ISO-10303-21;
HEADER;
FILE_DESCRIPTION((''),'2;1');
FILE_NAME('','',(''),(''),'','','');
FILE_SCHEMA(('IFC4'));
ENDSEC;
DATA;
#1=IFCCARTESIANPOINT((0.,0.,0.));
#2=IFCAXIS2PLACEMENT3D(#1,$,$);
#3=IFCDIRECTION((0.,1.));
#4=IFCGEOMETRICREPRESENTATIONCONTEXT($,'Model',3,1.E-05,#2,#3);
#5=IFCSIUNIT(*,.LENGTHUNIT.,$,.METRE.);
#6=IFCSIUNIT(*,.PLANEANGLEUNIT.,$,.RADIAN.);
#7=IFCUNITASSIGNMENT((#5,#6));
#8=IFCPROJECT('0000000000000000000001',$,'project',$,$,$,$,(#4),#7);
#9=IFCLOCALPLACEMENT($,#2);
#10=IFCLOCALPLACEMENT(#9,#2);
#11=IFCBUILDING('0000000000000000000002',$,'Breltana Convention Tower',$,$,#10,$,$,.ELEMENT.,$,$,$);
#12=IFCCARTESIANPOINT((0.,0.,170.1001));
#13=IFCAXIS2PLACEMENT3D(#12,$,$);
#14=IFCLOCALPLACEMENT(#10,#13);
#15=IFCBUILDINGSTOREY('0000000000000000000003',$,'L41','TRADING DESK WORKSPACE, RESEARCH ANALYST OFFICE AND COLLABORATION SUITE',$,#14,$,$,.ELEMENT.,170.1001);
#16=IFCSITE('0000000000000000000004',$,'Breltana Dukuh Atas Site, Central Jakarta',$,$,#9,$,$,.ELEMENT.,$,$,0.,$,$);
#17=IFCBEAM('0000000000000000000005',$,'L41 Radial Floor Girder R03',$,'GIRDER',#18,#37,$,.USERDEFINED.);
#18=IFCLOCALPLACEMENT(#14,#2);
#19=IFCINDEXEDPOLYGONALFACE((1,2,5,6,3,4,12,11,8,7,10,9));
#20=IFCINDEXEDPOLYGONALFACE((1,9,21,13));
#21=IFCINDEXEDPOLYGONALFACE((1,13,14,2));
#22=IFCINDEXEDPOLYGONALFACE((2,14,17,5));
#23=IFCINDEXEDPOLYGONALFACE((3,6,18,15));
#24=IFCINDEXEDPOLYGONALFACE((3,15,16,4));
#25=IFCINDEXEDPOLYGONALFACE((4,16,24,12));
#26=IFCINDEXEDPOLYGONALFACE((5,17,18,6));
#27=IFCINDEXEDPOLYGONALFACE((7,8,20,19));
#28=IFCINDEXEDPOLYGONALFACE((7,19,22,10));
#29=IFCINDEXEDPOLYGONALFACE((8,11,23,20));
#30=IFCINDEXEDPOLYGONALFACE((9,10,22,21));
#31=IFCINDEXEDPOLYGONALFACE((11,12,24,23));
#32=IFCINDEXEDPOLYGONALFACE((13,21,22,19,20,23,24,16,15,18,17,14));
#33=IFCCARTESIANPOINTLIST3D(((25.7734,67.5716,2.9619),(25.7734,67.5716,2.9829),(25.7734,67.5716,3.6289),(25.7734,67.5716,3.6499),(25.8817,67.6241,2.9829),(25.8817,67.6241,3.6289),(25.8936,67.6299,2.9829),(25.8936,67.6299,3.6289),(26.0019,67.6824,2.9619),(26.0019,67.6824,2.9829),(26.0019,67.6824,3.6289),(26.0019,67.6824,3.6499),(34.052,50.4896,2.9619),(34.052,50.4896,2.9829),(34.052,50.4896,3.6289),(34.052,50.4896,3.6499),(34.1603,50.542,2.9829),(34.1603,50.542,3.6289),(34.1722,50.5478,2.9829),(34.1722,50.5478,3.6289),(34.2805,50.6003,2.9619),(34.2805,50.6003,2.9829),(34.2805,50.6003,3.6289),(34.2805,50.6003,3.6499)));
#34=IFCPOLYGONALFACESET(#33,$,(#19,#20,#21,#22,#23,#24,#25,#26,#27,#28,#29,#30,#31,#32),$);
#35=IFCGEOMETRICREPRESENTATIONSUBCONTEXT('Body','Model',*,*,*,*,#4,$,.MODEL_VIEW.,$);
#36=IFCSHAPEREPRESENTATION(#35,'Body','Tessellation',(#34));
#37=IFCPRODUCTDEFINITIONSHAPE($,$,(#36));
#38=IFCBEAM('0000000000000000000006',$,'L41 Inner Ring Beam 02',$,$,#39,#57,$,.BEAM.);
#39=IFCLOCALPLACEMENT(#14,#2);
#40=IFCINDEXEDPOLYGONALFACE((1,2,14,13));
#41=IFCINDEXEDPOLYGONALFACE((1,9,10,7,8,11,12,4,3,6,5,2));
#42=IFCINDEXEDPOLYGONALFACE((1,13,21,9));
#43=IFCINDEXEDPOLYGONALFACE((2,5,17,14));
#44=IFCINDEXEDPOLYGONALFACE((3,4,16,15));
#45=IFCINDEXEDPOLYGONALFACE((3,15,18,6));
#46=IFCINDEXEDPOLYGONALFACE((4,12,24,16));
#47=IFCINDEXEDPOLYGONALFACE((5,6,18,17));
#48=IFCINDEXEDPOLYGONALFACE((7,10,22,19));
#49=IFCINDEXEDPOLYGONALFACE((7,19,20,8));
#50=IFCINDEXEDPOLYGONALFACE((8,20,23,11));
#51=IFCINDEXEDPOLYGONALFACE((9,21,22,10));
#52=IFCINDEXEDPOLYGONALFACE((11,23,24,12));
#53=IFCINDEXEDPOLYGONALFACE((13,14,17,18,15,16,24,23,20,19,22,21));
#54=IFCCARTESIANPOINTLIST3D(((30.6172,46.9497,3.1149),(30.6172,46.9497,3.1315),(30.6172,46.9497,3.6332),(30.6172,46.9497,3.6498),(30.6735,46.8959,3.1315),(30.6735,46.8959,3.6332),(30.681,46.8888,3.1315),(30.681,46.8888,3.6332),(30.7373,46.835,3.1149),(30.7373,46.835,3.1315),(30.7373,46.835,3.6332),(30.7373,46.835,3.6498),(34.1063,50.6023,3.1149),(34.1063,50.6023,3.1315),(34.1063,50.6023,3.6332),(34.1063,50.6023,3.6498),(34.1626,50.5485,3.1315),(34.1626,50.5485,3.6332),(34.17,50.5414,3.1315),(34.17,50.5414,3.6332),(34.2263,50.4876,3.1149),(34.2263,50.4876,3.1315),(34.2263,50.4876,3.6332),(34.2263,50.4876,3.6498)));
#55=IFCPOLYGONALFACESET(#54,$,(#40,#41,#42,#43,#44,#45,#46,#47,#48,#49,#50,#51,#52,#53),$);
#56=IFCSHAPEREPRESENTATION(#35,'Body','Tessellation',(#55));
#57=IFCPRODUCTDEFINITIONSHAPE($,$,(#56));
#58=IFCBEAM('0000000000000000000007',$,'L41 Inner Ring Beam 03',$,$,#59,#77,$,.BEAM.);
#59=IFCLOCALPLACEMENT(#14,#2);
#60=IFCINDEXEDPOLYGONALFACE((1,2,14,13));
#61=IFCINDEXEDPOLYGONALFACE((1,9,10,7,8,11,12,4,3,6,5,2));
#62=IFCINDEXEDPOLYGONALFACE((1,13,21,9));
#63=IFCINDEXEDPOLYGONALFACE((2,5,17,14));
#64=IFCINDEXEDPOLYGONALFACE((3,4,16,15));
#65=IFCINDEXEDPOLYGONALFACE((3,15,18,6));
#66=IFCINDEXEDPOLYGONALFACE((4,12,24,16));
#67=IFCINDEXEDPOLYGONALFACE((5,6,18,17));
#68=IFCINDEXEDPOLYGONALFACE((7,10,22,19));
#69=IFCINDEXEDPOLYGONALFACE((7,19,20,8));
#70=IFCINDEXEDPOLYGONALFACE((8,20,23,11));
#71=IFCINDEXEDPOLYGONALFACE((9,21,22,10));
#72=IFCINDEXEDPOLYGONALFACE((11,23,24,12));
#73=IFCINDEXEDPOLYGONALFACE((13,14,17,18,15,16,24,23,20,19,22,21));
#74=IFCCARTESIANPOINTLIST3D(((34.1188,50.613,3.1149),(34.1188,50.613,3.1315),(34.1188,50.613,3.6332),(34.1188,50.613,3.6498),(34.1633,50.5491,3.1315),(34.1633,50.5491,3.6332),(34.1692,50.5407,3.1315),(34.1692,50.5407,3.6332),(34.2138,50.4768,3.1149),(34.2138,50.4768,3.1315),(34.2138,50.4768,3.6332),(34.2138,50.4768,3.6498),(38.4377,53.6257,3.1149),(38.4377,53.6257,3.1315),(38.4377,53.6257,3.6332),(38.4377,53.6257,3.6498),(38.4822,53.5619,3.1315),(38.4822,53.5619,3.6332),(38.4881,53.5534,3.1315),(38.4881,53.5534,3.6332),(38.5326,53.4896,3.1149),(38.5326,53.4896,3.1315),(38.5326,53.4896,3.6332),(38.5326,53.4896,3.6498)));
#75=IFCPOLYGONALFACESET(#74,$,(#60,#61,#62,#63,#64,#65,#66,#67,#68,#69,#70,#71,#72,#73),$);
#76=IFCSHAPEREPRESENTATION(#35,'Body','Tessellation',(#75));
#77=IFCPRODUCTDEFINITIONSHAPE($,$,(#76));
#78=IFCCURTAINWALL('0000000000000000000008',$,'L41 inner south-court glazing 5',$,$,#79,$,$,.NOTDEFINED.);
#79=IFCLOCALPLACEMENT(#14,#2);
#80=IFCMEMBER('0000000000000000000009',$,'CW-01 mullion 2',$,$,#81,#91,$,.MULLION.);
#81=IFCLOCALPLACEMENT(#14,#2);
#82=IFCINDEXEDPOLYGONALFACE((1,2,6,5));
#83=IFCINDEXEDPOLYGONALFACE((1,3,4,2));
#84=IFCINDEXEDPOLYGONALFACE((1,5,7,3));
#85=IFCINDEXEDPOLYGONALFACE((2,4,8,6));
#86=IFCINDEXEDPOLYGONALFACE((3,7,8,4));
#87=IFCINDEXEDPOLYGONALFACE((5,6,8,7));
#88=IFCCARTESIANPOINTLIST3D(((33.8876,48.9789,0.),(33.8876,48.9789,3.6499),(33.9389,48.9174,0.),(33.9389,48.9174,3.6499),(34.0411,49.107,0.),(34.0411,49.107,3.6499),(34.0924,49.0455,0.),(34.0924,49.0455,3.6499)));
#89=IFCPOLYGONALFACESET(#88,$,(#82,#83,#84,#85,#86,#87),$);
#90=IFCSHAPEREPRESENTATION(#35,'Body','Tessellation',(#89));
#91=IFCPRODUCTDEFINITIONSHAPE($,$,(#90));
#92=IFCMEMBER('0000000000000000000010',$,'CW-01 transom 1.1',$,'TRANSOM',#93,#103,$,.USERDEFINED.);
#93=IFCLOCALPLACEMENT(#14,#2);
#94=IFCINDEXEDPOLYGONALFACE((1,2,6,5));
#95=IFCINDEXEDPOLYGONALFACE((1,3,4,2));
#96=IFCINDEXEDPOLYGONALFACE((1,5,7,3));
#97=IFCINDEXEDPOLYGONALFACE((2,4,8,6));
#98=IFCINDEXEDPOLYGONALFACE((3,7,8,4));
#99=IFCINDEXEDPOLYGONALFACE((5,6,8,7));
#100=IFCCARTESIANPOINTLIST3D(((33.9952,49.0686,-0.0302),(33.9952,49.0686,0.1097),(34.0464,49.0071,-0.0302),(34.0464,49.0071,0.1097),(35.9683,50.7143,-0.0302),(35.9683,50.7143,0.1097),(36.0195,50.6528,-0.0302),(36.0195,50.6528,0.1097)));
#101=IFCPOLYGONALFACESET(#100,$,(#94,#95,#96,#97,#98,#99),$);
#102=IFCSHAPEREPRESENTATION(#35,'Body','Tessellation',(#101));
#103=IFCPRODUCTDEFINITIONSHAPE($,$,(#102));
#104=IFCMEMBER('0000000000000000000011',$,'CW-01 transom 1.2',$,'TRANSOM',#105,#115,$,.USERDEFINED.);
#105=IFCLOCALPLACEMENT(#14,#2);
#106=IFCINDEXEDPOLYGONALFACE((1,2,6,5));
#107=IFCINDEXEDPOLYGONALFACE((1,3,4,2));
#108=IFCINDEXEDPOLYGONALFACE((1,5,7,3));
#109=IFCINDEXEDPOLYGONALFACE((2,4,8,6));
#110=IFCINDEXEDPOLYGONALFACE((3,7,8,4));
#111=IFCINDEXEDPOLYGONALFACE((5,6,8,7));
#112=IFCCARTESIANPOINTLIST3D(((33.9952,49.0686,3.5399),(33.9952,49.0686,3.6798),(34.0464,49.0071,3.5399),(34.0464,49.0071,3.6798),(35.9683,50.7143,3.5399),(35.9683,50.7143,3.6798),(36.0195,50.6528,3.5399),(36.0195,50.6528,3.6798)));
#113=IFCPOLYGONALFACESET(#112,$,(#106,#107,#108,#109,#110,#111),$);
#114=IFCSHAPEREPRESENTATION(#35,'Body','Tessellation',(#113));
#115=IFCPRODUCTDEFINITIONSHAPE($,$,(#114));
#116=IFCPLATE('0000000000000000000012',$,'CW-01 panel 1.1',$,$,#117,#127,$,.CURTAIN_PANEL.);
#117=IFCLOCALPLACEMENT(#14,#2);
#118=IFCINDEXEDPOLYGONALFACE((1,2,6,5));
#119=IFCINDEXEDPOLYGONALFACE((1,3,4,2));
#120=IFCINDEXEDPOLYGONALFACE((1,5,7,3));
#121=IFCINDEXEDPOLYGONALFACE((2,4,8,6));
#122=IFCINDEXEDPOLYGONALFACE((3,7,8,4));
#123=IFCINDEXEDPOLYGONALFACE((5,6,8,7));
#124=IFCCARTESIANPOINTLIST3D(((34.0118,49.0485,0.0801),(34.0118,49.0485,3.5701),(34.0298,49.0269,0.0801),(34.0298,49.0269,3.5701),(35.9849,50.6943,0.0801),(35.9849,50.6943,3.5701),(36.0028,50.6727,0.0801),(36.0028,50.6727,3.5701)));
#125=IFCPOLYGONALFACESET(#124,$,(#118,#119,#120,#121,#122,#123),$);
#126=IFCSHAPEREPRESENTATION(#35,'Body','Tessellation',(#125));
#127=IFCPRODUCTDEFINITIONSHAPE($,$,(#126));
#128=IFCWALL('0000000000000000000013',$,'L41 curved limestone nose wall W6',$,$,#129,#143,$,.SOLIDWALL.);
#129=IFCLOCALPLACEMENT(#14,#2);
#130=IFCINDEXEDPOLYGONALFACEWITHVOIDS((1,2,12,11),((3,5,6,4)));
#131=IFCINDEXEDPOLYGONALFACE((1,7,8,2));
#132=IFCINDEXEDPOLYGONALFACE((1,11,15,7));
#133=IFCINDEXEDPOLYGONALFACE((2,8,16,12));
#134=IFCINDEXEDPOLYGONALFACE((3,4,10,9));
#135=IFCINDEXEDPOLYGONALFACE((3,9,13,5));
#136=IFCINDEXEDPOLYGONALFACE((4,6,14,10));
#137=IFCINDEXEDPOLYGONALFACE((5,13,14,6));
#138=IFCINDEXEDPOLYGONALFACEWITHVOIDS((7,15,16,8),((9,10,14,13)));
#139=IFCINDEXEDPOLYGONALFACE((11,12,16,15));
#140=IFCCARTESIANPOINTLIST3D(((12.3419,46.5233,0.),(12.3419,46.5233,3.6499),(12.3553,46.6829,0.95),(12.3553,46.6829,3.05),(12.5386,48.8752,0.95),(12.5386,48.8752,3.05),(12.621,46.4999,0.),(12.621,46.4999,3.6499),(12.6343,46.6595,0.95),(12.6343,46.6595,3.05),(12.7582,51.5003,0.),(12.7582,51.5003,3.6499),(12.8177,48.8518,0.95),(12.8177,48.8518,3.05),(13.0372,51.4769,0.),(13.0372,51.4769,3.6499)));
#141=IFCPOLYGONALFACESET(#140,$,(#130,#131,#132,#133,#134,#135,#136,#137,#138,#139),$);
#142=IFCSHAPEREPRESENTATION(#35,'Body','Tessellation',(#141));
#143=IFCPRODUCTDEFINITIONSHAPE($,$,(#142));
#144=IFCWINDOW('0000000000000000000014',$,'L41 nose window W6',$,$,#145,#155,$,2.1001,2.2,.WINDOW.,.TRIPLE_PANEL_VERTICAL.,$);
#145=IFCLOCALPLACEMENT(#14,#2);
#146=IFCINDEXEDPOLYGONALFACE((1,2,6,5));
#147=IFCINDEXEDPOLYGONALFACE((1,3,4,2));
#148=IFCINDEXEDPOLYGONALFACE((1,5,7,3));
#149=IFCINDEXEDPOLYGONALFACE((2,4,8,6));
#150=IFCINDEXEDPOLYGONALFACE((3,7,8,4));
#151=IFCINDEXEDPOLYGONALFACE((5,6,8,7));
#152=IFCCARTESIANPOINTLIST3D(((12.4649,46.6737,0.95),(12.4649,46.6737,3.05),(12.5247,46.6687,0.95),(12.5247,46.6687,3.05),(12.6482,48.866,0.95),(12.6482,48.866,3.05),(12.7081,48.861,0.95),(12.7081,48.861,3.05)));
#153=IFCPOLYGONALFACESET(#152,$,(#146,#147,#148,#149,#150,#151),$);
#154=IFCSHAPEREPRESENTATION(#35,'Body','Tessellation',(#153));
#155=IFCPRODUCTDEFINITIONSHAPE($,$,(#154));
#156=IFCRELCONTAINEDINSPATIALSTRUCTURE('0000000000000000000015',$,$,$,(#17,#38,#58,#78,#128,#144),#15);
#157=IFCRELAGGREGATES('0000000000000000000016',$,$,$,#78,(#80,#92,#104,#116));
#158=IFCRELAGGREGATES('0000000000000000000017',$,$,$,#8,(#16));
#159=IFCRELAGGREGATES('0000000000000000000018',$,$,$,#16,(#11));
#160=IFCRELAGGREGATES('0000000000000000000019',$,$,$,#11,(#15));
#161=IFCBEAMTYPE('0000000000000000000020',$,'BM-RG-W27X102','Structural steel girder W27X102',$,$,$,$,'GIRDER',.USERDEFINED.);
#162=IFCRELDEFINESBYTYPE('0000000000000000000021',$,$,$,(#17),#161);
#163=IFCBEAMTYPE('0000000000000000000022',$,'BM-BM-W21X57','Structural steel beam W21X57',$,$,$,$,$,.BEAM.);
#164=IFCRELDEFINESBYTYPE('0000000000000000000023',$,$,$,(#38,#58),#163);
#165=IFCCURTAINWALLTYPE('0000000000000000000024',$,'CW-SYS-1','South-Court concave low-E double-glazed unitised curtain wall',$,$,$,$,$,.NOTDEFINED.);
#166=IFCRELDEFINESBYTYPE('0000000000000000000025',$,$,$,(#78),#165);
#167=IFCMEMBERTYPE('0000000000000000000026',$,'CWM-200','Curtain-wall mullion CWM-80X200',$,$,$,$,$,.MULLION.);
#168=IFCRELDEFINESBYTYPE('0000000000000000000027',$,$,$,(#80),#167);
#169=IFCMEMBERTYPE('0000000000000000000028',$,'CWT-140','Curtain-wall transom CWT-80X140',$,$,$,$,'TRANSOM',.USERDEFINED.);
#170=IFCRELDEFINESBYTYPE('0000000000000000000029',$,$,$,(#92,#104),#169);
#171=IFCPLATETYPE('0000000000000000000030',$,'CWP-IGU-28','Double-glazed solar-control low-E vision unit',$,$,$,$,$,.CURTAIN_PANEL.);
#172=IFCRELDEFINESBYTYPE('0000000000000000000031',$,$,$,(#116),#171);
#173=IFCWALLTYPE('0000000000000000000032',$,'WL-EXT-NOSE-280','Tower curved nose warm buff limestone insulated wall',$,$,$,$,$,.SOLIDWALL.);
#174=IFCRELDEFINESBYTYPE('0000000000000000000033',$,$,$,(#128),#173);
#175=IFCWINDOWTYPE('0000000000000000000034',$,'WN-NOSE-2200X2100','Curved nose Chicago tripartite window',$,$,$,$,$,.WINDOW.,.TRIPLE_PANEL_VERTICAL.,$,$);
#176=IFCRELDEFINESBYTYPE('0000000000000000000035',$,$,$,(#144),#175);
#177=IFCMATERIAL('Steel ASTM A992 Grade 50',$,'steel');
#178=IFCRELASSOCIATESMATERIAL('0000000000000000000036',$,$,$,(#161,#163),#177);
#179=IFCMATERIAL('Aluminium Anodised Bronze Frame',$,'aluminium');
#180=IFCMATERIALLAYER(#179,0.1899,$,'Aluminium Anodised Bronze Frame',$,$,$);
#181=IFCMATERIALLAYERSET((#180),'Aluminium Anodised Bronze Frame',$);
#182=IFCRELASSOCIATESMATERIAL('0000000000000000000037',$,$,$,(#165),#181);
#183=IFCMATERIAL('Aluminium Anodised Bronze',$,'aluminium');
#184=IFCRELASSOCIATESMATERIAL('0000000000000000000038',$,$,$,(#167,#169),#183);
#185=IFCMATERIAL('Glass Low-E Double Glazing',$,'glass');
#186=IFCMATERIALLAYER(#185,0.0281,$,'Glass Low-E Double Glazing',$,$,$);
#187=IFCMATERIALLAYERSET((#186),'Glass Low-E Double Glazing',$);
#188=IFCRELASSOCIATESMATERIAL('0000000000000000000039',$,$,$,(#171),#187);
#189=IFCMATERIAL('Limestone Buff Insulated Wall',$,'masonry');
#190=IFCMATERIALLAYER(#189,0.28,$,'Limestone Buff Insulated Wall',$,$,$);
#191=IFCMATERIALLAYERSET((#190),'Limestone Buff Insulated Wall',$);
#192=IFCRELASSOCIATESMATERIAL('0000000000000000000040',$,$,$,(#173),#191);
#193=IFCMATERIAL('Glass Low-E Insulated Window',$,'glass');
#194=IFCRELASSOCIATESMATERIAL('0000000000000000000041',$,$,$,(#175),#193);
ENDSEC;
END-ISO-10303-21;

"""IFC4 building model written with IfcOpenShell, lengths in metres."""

from ifc_helpers import new_model, si_unit, direction, frame, frame_2d, origin, origin_2d, place, context, subcontext, project, spatial, rectangle, i_section, extrude, source, transform, mapped, material, layer, layer_set, material_profile, profile_set, type_object, type_shapes, element, fill, aggregate, save


model = new_model("IFC4")

# Units and contexts
model_context = context("Model", 3, precision=1e-05, world=origin(), true_north=direction((0.0, 1.0)))
body_context = subcontext(model_context, "Body", "Model", "MODEL_VIEW")
ifc_project = project(units=[si_unit("LENGTHUNIT", "METRE"), si_unit("PLANEANGLEUNIT", "RADIAN")], contexts=[model_context])

# Site, building, storey
site_placement = place(None, origin())
site = spatial("IfcSite", under=ifc_project, at=site_placement, Name="Breltana Dukuh Atas Site, Central Jakarta", CompositionType="ELEMENT", RefElevation=0.0)
building_placement = place(site_placement, origin())
building = spatial("IfcBuilding", under=site, at=building_placement, Name="Breltana Convention Tower", CompositionType="ELEMENT")
storey_placement = place(building_placement, frame((0.0, 0.0, 170.1001)))
storey = spatial("IfcBuildingStorey", under=building, at=storey_placement, Name="L41", Description="TRADING DESK WORKSPACE, RESEARCH ANALYST OFFICE AND COLLABORATION SUITE", CompositionType="ELEMENT", Elevation=170.1001)

# Beams
ifc_material_1 = material(Name="Steel ASTM A992 Grade 50", Category="steel")
ifc_material_profile_1 = material_profile(ifc_material_1, i_section(OverallWidth=0.2539, OverallDepth=0.688, WebThickness=0.0132, FlangeThickness=0.021, at=origin_2d()), Name="W27X102")
ifc_profile_set_1 = profile_set([ifc_material_profile_1], Name="Steel ASTM A992 Grade 50")
beam_type_1 = type_object("IfcBeamType", Name="BM-RG-W27X102", Description="Structural steel girder W27X102", ElementType="GIRDER", PredefinedType="USERDEFINED", material=ifc_profile_set_1)
shared_shape_1 = source(origin(), body_context, "Body", "SweptSolid", [
    extrude(i_section(OverallWidth=0.2539, OverallDepth=0.688, WebThickness=0.0132, FlangeThickness=0.021, at=origin_2d()), origin(), (0.0, 0.0, 1.0), 18.9824),
])
beam_1_placement = place(storey_placement, frame((34.1663, 50.5449, 3.3059), z_axis=(-0.436119, 0.899889, 0.0), x_axis=(-0.899889, -0.436119, 0.0)))
element("IfcBeam", 1, at=beam_1_placement, inside=storey, type_object=beam_type_1, Name="L41 Radial Floor Girder R03", ObjectType="GIRDER", PredefinedType="USERDEFINED", context=body_context, shape_type="MappedRepresentation", body=[
    mapped(shared_shape_1, transform((0.0, 0.0, 0.0), scale=1.0)),
])
ifc_material_profile_2 = material_profile(ifc_material_1, i_section(OverallWidth=0.166, OverallDepth=0.5349, WebThickness=0.0103, FlangeThickness=0.0166, at=origin_2d()), Name="W21X57")
ifc_profile_set_2 = profile_set([ifc_material_profile_2], Name="Steel ASTM A992 Grade 50")
beam_type_2 = type_object("IfcBeamType", Name="BM-BM-W21X57", Description="Structural steel beam W21X57", PredefinedType="BEAM", material=ifc_profile_set_2)
shared_shape_2 = source(origin(), body_context, "Body", "SweptSolid", [
    extrude(i_section(OverallWidth=0.166, OverallDepth=0.5349, WebThickness=0.0103, FlangeThickness=0.0166, at=origin_2d()), origin(), (0.0, 0.0, 1.0), 5.0513),
])
beam_2_placement = place(storey_placement, frame((30.6772, 46.8923, 3.3823), z_axis=(0.69073, 0.723113, 0.0), x_axis=(-0.723113, 0.69073, 0.0)))
element("IfcBeam", 2, at=beam_2_placement, inside=storey, type_object=beam_type_2, Name="L41 Inner Ring Beam 02", PredefinedType="BEAM", context=body_context, shape_type="MappedRepresentation", body=[
    mapped(shared_shape_2, transform((0.0, 0.0, 0.0), scale=1.0)),
])
shared_shape_3 = source(origin(), body_context, "Body", "SweptSolid", [
    extrude(i_section(OverallWidth=0.166, OverallDepth=0.5349, WebThickness=0.0103, FlangeThickness=0.0166, at=origin_2d()), origin(), (0.0, 0.0, 1.0), 5.2659),
])
beam_3_placement = place(storey_placement, frame((34.1663, 50.5449, 3.3823), z_axis=(0.820167, 0.572124, 0.0), x_axis=(-0.572124, 0.820167, 0.0)))
element("IfcBeam", 3, at=beam_3_placement, inside=storey, type_object=beam_type_2, Name="L41 Inner Ring Beam 03", PredefinedType="BEAM", context=body_context, shape_type="MappedRepresentation", body=[
    mapped(shared_shape_3, transform((0.0, 0.0, 0.0), scale=1.0)),
])

# Curtain wall, members, plate
ifc_material_2 = material(Name="Aluminium Anodised Bronze Frame", Category="aluminium")
ifc_layer_1 = layer(ifc_material_2, 0.1899, Name="Aluminium Anodised Bronze Frame")
ifc_layer_set_1 = layer_set([ifc_layer_1], Name="Aluminium Anodised Bronze Frame")
curtain_wall_type = type_object("IfcCurtainWallType", Name="CW-SYS-1", Description="South-Court concave low-E double-glazed unitised curtain wall", PredefinedType="NOTDEFINED", material=ifc_layer_set_1)
curtain_wall_placement = place(storey_placement, origin())
curtain_wall = element("IfcCurtainWall", 4, at=curtain_wall_placement, inside=storey, type_object=curtain_wall_type, Name="L41 inner south-court glazing 5", PredefinedType="NOTDEFINED")
ifc_material_3 = material(Name="Aluminium Anodised Bronze", Category="aluminium")
ifc_material_profile_3 = material_profile(ifc_material_3, rectangle(XDim=0.0801, YDim=0.2, at=origin_2d()), Name="CWM-80X200")
ifc_profile_set_3 = profile_set([ifc_material_profile_3], Name="Aluminium Anodised Bronze")
member_type_1 = type_object("IfcMemberType", Name="CWM-200", Description="Curtain-wall mullion CWM-80X200", PredefinedType="MULLION", material=ifc_profile_set_3)
shared_shape_4 = source(origin(), body_context, "Body", "SweptSolid", [
    extrude(rectangle(XDim=0.0801, YDim=0.2, at=origin_2d()), origin(), (0.0, 0.0, 1.0), 3.6499),
])
member_1_placement = place(storey_placement, frame((33.99, 49.0122, 0.0), z_axis=(0.0, 0.0, 1.0), x_axis=(0.640537, -0.767927, 0.0)))
member_1 = element("IfcMember", 5, at=member_1_placement, type_object=member_type_1, Name="CW-01 mullion 2", PredefinedType="MULLION", context=body_context, shape_type="MappedRepresentation", body=[
    mapped(shared_shape_4, transform((0.0, 0.0, 0.0), scale=1.0)),
])
ifc_material_profile_4 = material_profile(ifc_material_3, rectangle(XDim=0.0801, YDim=0.1399, at=origin_2d()), Name="CWT-80X140")
ifc_profile_set_4 = profile_set([ifc_material_profile_4], Name="Aluminium Anodised Bronze")
member_type_2 = type_object("IfcMemberType", Name="CWT-140", Description="Curtain-wall transom CWT-80X140", ElementType="TRANSOM", PredefinedType="USERDEFINED", material=ifc_profile_set_4)
shared_shape_5 = source(origin(), body_context, "Body", "SweptSolid", [
    extrude(rectangle(XDim=0.0801, YDim=0.1399, at=origin_2d()), origin(), (0.0, 0.0, 1.0), 2.5693),
])
member_2_placement = place(storey_placement, frame((35.9939, 50.6836, 0.0398), z_axis=(-0.767941, -0.640521, 0.0), x_axis=(0.640521, -0.767941, 0.0)))
member_2 = element("IfcMember", 6, at=member_2_placement, type_object=member_type_2, Name="CW-01 transom 1.1", ObjectType="TRANSOM", PredefinedType="USERDEFINED", context=body_context, shape_type="MappedRepresentation", body=[
    mapped(shared_shape_5, transform((0.0, 0.0, 0.0), scale=1.0)),
])
member_3_placement = place(storey_placement, frame((35.9939, 50.6836, 3.6099), z_axis=(-0.767941, -0.640521, 0.0), x_axis=(0.640521, -0.767941, 0.0)))
member_3 = element("IfcMember", 7, at=member_3_placement, type_object=member_type_2, Name="CW-01 transom 1.2", ObjectType="TRANSOM", PredefinedType="USERDEFINED", context=body_context, shape_type="MappedRepresentation", body=[
    mapped(shared_shape_5, transform((0.0, 0.0, 0.0), scale=1.0)),
])
ifc_material_4 = material(Name="Glass Low-E Double Glazing", Category="glass")
ifc_layer_2 = layer(ifc_material_4, 0.0281, Name="Glass Low-E Double Glazing")
ifc_layer_set_2 = layer_set([ifc_layer_2], Name="Glass Low-E Double Glazing")
plate_type = type_object("IfcPlateType", Name="CWP-IGU-28", Description="Double-glazed solar-control low-E vision unit", PredefinedType="CURTAIN_PANEL", material=ifc_layer_set_2)
shared_shape_6 = source(origin(), body_context, "Body", "SweptSolid", [
    extrude(rectangle(XDim=2.5693, YDim=0.0281, at=origin_2d()), origin(), (0.0, 0.0, 1.0), 3.49),
])
plate_placement = place(storey_placement, frame((35.0073, 49.8606, 0.0801), z_axis=(0.0, 0.0, 1.0), x_axis=(-0.767927, -0.640537, 0.0)))
plate = element("IfcPlate", 8, at=plate_placement, type_object=plate_type, Name="CW-01 panel 1.1", PredefinedType="CURTAIN_PANEL", context=body_context, shape_type="MappedRepresentation", body=[
    mapped(shared_shape_6, transform((0.0, 0.0, 0.0), scale=1.0)),
])
aggregate(curtain_wall, [member_1, member_2, member_3, plate])

# Wall, opening, window
ifc_material_5 = material(Name="Limestone Buff Insulated Wall", Category="masonry")
ifc_layer_3 = layer(ifc_material_5, 0.28, Name="Limestone Buff Insulated Wall")
ifc_layer_set_3 = layer_set([ifc_layer_3], Name="Limestone Buff Insulated Wall")
wall_type_1 = type_object("IfcWallType", Name="WL-EXT-NOSE-280", Description="Tower curved nose warm buff limestone insulated wall", PredefinedType="SOLIDWALL", material=ifc_layer_set_3)
shared_shape_7 = source(origin(), body_context, "Body", "SweptSolid", [
    extrude(rectangle(XDim=4.9944, YDim=0.28, at=frame_2d((2.4971, 0.0))), origin(), (0.0, 0.0, 1.0), 3.6499),
])
wall_1_placement = place(storey_placement, frame((12.4814, 46.5117, 0.0), z_axis=(0.0, 0.0, 1.0), x_axis=(0.083345, 0.996521, 0.0)))
wall_1 = element("IfcWall", 9, at=wall_1_placement, inside=storey, type_object=wall_type_1, Name="L41 curved limestone nose wall W6", PredefinedType="SOLIDWALL", context=body_context, shape_type="MappedRepresentation", body=[
    mapped(shared_shape_7, transform((0.0, 0.0, 0.0), scale=1.0)),
])
opening_placement = place(wall_1_placement, frame((0.1599, 0.0, 0.95)))
opening = element("IfcOpeningElement", 10, at=opening_placement, cuts=wall_1, PredefinedType="OPENING", context=body_context, shape_type="SweptSolid", body=[
    extrude(rectangle(XDim=2.2, YDim=2.1001, at=frame_2d((1.1001, 1.05))), frame((0.0, 0.1499, 0.0), z_axis=(0.0, -1.0, 0.0), x_axis=(1.0, 0.0, 0.0)), (0.0, 0.0, 1.0), 0.3),
])
ifc_material_6 = material(Name="Glass Low-E Insulated Window", Category="glass")
window_type = type_object("IfcWindowType", Name="WN-NOSE-2200X2100", Description="Curved nose Chicago tripartite window", PartitioningType="TRIPLE_PANEL_VERTICAL", PredefinedType="WINDOW", material=ifc_material_6)
shared_shape_8 = source(origin(), body_context, "Body", "SweptSolid", [
    extrude(rectangle(XDim=2.2, YDim=2.1001, at=frame_2d((1.1001, 1.05))), frame((0.0, 0.03, 0.0), z_axis=(0.0, -1.0, 0.0), x_axis=(1.0, 0.0, 0.0)), (0.0, 0.0, 1.0), 0.0601),
])
type_shapes(window_type, [shared_shape_8])
window_placement = place(opening_placement, origin())
window = element("IfcWindow", 11, at=window_placement, inside=storey, type_object=window_type, Name="L41 nose window W6", OverallHeight=2.1001, OverallWidth=2.2, PartitioningType="TRIPLE_PANEL_VERTICAL", PredefinedType="WINDOW", context=body_context, shape_type="MappedRepresentation", body=[
    mapped(shared_shape_8, transform((0.0, 0.0, 0.0), scale=1.0)),
])
fill(opening, window)

save(model, "model.ifc")
